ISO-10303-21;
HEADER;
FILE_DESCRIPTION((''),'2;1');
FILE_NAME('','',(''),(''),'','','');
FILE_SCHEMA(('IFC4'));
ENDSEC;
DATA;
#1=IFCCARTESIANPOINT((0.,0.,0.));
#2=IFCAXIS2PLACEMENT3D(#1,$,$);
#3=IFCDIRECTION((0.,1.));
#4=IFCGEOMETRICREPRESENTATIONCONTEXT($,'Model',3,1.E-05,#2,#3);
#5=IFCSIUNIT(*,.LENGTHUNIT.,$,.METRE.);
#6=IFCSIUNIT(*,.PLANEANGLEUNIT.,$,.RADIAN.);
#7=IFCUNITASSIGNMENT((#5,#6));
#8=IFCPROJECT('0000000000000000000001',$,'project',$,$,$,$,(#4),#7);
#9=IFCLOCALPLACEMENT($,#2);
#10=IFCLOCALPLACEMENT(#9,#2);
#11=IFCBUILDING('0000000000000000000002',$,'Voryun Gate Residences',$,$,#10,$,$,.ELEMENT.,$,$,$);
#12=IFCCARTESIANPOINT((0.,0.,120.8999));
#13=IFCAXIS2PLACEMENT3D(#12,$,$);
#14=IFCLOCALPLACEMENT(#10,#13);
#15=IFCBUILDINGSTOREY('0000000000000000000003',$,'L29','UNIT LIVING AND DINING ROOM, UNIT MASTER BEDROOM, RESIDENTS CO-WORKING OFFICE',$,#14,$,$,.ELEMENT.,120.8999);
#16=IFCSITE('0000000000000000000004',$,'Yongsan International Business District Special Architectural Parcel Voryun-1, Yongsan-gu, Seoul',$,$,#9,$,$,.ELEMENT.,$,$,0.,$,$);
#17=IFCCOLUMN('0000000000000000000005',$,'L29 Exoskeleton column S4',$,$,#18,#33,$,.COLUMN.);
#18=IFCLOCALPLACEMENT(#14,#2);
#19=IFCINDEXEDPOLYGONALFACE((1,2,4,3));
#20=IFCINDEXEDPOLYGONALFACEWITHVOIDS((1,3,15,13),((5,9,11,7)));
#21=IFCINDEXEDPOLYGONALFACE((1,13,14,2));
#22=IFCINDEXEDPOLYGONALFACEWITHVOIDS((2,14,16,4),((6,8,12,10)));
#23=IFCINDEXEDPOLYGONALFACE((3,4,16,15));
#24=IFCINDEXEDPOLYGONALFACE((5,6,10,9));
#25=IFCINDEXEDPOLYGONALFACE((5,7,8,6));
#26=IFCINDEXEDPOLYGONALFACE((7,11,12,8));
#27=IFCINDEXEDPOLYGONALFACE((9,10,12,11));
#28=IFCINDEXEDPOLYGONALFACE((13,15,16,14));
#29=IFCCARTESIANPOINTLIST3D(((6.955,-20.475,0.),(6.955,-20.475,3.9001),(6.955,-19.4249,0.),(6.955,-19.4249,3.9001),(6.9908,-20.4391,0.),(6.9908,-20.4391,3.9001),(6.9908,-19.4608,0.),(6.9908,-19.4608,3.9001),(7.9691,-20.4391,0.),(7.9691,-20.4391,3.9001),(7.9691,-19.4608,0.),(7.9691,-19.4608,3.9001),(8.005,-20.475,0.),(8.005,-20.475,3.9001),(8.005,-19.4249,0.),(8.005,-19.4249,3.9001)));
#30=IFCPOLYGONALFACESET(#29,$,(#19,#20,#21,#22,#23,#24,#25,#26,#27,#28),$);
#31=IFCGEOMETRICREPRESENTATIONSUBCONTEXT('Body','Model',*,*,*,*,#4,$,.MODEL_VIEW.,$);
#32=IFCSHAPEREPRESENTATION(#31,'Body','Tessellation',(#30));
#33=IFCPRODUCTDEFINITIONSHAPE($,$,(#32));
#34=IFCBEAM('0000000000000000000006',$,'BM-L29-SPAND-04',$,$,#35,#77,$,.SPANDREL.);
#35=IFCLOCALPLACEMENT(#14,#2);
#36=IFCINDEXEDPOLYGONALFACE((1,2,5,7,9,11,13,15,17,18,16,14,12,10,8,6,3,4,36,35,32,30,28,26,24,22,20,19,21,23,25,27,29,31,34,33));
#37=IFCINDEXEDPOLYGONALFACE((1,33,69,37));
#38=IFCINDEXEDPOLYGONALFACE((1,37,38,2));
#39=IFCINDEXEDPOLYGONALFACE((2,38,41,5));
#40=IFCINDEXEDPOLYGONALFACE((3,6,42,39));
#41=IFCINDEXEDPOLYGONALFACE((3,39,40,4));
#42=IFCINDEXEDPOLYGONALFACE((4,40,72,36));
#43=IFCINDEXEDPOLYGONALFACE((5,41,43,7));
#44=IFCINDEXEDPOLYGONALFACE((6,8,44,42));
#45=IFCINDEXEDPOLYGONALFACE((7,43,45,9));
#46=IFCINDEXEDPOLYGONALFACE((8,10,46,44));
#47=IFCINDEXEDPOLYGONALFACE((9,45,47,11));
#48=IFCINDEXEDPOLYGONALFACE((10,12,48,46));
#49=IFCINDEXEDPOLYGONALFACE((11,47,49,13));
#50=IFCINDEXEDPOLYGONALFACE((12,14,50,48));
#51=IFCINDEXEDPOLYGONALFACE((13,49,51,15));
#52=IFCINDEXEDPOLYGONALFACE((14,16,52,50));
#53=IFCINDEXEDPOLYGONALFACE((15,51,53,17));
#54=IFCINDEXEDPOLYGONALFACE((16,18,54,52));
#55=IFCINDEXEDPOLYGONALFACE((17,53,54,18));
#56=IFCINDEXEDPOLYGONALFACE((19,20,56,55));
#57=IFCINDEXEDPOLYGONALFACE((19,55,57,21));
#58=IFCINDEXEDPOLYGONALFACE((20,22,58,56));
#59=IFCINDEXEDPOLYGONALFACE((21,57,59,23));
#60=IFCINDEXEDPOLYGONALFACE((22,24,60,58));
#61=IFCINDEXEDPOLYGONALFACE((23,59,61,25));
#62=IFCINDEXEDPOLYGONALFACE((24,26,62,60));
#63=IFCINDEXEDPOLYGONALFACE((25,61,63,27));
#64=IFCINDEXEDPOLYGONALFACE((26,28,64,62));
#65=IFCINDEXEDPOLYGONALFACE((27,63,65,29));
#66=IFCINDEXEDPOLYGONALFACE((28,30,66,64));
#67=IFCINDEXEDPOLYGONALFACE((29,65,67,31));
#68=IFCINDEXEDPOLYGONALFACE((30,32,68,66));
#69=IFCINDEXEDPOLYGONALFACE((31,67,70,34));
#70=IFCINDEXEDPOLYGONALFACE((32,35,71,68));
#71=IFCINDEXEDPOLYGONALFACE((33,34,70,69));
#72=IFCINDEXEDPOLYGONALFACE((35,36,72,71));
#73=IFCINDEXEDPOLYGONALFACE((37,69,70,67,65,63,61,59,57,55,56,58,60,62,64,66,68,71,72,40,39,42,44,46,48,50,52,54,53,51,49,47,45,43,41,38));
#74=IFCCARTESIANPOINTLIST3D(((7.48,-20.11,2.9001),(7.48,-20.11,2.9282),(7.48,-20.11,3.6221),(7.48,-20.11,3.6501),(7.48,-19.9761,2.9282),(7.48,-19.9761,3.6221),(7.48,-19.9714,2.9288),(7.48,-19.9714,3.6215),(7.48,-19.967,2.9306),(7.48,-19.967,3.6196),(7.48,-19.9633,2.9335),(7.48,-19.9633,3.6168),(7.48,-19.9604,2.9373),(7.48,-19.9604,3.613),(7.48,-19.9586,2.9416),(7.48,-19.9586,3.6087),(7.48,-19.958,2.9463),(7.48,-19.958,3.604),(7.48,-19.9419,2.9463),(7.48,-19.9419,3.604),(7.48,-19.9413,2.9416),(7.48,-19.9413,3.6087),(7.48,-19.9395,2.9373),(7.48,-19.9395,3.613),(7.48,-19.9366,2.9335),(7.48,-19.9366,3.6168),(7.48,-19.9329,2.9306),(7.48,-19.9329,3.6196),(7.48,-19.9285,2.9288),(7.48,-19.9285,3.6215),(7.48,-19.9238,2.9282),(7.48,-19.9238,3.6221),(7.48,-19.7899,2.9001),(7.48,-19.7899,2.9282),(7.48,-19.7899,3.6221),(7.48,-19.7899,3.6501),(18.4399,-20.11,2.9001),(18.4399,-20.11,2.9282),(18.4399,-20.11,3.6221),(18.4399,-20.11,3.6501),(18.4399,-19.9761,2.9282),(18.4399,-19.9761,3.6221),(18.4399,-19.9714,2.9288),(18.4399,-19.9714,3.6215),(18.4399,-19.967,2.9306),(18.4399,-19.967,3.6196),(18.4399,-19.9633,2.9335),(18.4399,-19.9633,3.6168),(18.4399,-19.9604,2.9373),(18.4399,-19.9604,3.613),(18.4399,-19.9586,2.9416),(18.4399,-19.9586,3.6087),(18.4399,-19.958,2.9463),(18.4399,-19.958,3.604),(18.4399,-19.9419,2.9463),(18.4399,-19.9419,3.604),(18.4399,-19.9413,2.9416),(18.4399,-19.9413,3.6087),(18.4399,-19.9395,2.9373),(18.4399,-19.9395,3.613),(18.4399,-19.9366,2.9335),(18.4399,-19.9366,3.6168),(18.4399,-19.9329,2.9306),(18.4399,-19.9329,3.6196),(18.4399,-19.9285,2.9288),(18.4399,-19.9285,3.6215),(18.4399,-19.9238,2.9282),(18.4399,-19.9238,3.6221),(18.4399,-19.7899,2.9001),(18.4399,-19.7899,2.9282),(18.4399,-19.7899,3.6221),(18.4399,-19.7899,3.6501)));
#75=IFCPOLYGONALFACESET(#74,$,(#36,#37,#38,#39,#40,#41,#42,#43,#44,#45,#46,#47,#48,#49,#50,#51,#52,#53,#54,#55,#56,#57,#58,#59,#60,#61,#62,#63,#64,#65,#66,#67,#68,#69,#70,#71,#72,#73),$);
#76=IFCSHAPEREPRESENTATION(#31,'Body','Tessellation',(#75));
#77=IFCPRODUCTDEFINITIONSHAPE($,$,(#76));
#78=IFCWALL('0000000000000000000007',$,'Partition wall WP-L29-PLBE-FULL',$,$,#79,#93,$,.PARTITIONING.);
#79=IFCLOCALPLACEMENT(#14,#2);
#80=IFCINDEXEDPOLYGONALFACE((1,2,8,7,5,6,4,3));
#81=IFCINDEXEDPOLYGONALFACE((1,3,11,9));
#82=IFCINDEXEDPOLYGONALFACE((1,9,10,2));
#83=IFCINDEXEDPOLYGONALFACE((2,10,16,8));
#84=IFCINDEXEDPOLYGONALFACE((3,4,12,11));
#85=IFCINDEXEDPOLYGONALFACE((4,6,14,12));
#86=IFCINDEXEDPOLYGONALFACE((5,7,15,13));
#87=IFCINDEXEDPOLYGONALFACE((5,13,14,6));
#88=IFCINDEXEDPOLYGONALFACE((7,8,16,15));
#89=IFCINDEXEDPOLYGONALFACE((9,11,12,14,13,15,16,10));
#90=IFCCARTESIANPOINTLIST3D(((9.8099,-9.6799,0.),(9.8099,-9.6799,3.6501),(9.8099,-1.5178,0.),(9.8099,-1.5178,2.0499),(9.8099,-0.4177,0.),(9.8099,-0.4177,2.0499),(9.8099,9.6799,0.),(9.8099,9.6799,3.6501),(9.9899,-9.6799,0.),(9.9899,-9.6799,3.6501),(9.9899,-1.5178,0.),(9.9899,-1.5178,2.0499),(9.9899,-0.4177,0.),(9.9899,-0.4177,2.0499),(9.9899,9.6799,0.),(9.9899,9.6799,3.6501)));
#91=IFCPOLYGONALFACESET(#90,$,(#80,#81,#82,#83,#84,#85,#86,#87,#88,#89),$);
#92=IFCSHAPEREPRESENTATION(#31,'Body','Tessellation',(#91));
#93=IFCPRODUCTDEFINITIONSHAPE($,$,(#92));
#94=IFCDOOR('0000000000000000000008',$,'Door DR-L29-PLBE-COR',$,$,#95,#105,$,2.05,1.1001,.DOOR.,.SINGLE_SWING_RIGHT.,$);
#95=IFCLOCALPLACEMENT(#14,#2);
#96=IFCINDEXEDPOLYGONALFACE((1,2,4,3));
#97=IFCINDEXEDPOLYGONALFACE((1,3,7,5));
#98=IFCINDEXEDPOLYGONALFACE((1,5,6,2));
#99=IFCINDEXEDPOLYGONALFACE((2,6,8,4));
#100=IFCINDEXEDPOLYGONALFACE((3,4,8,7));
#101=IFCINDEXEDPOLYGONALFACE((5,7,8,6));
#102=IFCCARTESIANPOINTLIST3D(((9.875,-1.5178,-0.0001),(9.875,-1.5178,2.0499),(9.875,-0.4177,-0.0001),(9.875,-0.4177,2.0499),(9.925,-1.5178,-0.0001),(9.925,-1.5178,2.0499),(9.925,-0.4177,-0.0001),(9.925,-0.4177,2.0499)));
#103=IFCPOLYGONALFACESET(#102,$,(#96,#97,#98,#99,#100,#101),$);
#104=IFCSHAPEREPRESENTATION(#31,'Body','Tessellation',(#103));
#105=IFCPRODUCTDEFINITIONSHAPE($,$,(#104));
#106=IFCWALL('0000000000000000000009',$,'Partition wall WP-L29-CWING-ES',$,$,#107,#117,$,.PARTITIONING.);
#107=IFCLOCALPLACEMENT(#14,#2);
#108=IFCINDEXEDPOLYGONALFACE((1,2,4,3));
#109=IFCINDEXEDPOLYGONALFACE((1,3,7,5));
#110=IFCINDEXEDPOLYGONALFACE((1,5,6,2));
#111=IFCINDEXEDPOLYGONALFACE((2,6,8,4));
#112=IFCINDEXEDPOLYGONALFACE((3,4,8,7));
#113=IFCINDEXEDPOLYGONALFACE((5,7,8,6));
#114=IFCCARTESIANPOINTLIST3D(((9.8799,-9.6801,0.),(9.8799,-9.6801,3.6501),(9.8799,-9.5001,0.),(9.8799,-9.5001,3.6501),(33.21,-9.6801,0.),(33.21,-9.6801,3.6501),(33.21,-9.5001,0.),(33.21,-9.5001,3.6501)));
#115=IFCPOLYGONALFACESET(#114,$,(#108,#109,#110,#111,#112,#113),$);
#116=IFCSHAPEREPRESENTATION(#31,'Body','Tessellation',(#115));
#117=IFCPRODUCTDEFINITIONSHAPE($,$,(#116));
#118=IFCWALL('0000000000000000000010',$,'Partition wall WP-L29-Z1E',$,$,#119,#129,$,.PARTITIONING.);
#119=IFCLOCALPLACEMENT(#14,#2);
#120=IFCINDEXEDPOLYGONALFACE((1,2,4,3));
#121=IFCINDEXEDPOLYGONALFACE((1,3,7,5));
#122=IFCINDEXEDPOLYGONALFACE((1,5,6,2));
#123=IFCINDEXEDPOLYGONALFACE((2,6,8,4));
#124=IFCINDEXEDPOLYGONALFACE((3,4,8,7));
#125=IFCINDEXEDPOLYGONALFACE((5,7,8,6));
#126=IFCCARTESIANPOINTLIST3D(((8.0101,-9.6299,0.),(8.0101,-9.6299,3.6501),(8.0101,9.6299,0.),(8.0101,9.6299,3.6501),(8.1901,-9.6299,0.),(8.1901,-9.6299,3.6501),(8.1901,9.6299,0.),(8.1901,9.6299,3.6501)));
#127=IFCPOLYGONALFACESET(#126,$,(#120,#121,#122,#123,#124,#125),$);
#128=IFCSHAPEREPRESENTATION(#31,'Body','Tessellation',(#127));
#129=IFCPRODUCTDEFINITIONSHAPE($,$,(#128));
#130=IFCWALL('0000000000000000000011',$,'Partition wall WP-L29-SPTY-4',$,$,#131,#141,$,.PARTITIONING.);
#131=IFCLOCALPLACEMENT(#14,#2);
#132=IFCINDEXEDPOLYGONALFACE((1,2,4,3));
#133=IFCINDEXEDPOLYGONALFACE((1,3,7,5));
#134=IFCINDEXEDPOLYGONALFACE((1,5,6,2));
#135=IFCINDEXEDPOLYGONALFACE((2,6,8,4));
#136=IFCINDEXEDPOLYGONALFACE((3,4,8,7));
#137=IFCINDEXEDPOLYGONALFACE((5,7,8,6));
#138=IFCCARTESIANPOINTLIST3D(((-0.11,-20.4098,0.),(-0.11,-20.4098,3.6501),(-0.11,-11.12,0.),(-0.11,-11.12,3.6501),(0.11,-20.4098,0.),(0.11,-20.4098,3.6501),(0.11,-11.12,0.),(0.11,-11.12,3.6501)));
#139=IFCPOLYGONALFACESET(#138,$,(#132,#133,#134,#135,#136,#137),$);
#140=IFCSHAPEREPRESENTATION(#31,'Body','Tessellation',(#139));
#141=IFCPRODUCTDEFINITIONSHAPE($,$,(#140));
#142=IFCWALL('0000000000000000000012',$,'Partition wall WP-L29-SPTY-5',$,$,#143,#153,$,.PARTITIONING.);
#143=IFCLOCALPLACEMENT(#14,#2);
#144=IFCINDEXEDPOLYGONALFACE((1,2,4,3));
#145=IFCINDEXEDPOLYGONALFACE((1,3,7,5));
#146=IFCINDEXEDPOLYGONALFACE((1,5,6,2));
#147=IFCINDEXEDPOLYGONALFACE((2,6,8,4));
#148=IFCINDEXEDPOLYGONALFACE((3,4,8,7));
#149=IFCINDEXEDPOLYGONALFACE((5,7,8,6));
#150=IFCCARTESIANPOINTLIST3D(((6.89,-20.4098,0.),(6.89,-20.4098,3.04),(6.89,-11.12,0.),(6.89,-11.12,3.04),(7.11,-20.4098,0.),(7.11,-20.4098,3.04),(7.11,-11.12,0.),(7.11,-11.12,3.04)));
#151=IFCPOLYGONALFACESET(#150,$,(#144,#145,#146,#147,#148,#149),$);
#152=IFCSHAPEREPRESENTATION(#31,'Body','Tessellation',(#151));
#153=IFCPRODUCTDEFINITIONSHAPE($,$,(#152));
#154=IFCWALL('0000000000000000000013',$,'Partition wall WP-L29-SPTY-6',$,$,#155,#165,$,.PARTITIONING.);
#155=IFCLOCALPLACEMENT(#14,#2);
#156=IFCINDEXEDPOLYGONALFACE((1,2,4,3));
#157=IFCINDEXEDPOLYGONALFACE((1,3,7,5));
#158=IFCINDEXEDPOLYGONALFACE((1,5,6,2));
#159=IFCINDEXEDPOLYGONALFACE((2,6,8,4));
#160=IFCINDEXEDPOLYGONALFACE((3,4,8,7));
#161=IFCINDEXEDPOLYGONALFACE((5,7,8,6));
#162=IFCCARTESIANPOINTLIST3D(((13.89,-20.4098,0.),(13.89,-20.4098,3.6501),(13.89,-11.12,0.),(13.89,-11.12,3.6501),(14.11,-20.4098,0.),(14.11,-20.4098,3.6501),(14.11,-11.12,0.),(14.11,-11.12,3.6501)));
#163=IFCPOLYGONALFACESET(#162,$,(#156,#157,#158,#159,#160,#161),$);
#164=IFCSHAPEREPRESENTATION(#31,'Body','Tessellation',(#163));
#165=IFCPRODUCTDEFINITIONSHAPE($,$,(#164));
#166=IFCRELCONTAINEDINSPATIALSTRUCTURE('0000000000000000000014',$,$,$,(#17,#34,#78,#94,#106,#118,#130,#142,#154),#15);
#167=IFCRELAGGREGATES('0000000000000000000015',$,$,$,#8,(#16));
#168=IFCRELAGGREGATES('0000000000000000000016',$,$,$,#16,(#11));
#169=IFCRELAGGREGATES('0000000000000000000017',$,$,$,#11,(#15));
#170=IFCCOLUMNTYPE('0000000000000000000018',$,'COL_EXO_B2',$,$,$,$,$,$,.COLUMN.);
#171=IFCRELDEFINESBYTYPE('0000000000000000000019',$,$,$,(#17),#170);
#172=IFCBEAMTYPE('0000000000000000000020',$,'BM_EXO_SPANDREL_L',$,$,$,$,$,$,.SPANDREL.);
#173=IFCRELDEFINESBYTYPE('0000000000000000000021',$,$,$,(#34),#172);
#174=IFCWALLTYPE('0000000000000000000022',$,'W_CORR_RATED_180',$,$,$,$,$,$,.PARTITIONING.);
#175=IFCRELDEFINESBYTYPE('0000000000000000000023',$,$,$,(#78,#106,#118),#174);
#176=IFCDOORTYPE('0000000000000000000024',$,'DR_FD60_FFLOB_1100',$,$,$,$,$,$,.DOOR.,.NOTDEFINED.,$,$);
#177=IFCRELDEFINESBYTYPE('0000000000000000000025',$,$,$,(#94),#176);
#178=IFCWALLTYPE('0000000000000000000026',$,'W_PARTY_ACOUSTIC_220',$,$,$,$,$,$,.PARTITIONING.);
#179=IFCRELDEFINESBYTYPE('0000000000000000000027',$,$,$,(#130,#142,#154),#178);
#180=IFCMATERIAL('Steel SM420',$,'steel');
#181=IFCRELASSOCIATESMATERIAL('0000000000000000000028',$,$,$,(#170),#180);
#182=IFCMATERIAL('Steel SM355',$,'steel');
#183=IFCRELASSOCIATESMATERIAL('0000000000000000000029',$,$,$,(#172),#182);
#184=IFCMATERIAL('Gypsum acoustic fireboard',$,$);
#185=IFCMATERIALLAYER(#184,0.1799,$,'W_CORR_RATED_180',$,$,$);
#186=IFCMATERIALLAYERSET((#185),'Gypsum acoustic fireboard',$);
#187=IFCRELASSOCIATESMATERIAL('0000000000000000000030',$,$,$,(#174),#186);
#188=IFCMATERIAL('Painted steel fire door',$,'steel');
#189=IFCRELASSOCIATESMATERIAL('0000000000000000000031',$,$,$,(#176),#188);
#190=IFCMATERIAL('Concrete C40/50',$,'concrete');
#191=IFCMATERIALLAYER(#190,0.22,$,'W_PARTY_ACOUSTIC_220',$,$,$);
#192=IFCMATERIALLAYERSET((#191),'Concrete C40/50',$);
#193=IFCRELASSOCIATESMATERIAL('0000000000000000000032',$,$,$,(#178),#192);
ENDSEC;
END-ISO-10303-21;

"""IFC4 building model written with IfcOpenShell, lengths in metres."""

from ifc_helpers import new_model, si_unit, direction, frame, frame_2d, origin, origin_2d, place, context, subcontext, project, spatial, rectangle, hollow_rectangle, i_section, extrude, material, layer, layer_set, material_profile, profile_set, type_object, element, fill, save


model = new_model("IFC4")

# Units and contexts
model_context = context("Model", 3, precision=1e-05, world=origin(), true_north=direction((0.0, 1.0)))
body_context = subcontext(model_context, "Body", "Model", "MODEL_VIEW")
ifc_project = project(units=[si_unit("LENGTHUNIT", "METRE"), si_unit("PLANEANGLEUNIT", "RADIAN")], contexts=[model_context])

# Site, building, storey
site_placement = place(None, origin())
site = spatial("IfcSite", under=ifc_project, at=site_placement, Name="Yongsan International Business District Special Architectural Parcel Voryun-1, Yongsan-gu, Seoul", CompositionType="ELEMENT", RefElevation=0.0)
building_placement = place(site_placement, origin())
building = spatial("IfcBuilding", under=site, at=building_placement, Name="Voryun Gate Residences", CompositionType="ELEMENT")
storey_placement = place(building_placement, frame((0.0, 0.0, 120.8999)))
storey = spatial("IfcBuildingStorey", under=building, at=storey_placement, Name="L29", Description="UNIT LIVING AND DINING ROOM, UNIT MASTER BEDROOM, RESIDENTS CO-WORKING OFFICE", CompositionType="ELEMENT", Elevation=120.8999)

# Column
ifc_material_1 = material(Name="Steel SM420", Category="steel")
ifc_material_profile_1 = material_profile(ifc_material_1, hollow_rectangle(XDim=1.05, YDim=1.05, WallThickness=0.0359, at=origin_2d()), Name="BOX-1050x1050x36")
ifc_profile_set_1 = profile_set([ifc_material_profile_1], Name="Steel SM420")
column_type = type_object("IfcColumnType", Name="COL_EXO_B2", PredefinedType="COLUMN", material=ifc_profile_set_1)
column_placement = place(storey_placement, frame((7.48, -19.95, 0.0), z_axis=(0.0, 0.0, 1.0), x_axis=(1.0, 0.0, 0.0)))
element("IfcColumn", 1, at=column_placement, inside=storey, type_object=column_type, Name="L29 Exoskeleton column S4", PredefinedType="COLUMN", context=body_context, shape_type="SweptSolid", body=[
    extrude(hollow_rectangle(XDim=1.05, YDim=1.05, WallThickness=0.0359, at=origin_2d()), origin(), (0.0, 0.0, 1.0), 3.9001),
])

# Beam
ifc_material_2 = material(Name="Steel SM355", Category="steel")
ifc_material_profile_2 = material_profile(ifc_material_2, i_section(OverallWidth=0.3201, OverallDepth=0.75, WebThickness=0.0161, FlangeThickness=0.0281, FilletRadius=0.0181, at=origin_2d()), Name="H-750x320x16x28")
ifc_profile_set_2 = profile_set([ifc_material_profile_2], Name="Steel SM355")
beam_type = type_object("IfcBeamType", Name="BM_EXO_SPANDREL_L", PredefinedType="SPANDREL", material=ifc_profile_set_2)
beam_placement = place(storey_placement, frame((7.48, -19.95, 3.2751), z_axis=(1.0, 0.0, 0.0), x_axis=(0.0, 1.0, 0.0)))
element("IfcBeam", 2, at=beam_placement, inside=storey, type_object=beam_type, Name="BM-L29-SPAND-04", PredefinedType="SPANDREL", context=body_context, shape_type="SweptSolid", body=[
    extrude(i_section(OverallWidth=0.3201, OverallDepth=0.75, WebThickness=0.0161, FlangeThickness=0.0281, FilletRadius=0.0181, at=origin_2d()), origin(), (0.0, 0.0, 1.0), 10.96),
])

# Wall, opening, door
ifc_material_3 = material(Name="Gypsum acoustic fireboard")
ifc_layer_1 = layer(ifc_material_3, 0.1799, Name="W_CORR_RATED_180")
ifc_layer_set_1 = layer_set([ifc_layer_1], Name="Gypsum acoustic fireboard")
wall_type_1 = type_object("IfcWallType", Name="W_CORR_RATED_180", PredefinedType="PARTITIONING", material=ifc_layer_set_1)
wall_1_placement = place(storey_placement, frame((9.8999, -9.6799, 0.0), z_axis=(0.0, 0.0, 1.0), x_axis=(0.0, 1.0, 0.0)))
wall_1 = element("IfcWall", 3, at=wall_1_placement, inside=storey, type_object=wall_type_1, Name="Partition wall WP-L29-PLBE-FULL", PredefinedType="PARTITIONING", context=body_context, shape_type="SweptSolid", body=[
    extrude(rectangle(XDim=19.3599, YDim=0.1799, at=frame_2d((9.6799, 0.0))), origin(), (0.0, 0.0, 1.0), 3.6501),
])
opening_1_placement = place(wall_1_placement, frame((8.1621, 0.0, 0.0)))
opening_1 = element("IfcOpeningElement", 4, at=opening_1_placement, cuts=wall_1, PredefinedType="OPENING", context=body_context, shape_type="SweptSolid", body=[
    extrude(rectangle(XDim=1.1001, YDim=2.05, at=frame_2d((0.55, 1.0249))), frame((0.0, 0.0999, 0.0), z_axis=(0.0, -1.0, 0.0), x_axis=(1.0, 0.0, 0.0)), (0.0, 0.0, 1.0), 0.2),
])
ifc_material_4 = material(Name="Painted steel fire door", Category="steel")
door_type_1 = type_object("IfcDoorType", Name="DR_FD60_FFLOB_1100", OperationType="NOTDEFINED", PredefinedType="DOOR", material=ifc_material_4)
door_1_placement = place(opening_1_placement, origin())
door_1 = element("IfcDoor", 5, at=door_1_placement, inside=storey, type_object=door_type_1, Name="Door DR-L29-PLBE-COR", OperationType="SINGLE_SWING_RIGHT", OverallHeight=2.05, OverallWidth=1.1001, PredefinedType="DOOR", context=body_context, shape_type="SweptSolid", body=[
    extrude(rectangle(XDim=1.1001, YDim=2.05, at=frame_2d((0.55, 1.0249))), frame((0.0, 0.0249, 0.0), z_axis=(0.0, -1.0, 0.0), x_axis=(1.0, 0.0, 0.0)), (0.0, 0.0, 1.0), 0.05),
])
fill(opening_1, door_1)

# Walls
wall_2_placement = place(storey_placement, frame((9.8799, -9.5901, 0.0), z_axis=(0.0, 0.0, 1.0), x_axis=(1.0, 0.0, 0.0)))
element("IfcWall", 6, at=wall_2_placement, inside=storey, type_object=wall_type_1, Name="Partition wall WP-L29-CWING-ES", PredefinedType="PARTITIONING", context=body_context, shape_type="SweptSolid", body=[
    extrude(rectangle(XDim=23.3301, YDim=0.1799, at=frame_2d((11.665, 0.0))), origin(), (0.0, 0.0, 1.0), 3.6501),
])
wall_3_placement = place(storey_placement, frame((8.1001, -9.6299, 0.0), z_axis=(0.0, 0.0, 1.0), x_axis=(0.0, 1.0, 0.0)))
element("IfcWall", 7, at=wall_3_placement, inside=storey, type_object=wall_type_1, Name="Partition wall WP-L29-Z1E", PredefinedType="PARTITIONING", context=body_context, shape_type="SweptSolid", body=[
    extrude(rectangle(XDim=19.2598, YDim=0.1799, at=frame_2d((9.6299, 0.0))), origin(), (0.0, 0.0, 1.0), 3.6501),
])
ifc_material_5 = material(Name="Concrete C40/50", Category="concrete")
ifc_layer_2 = layer(ifc_material_5, 0.22, Name="W_PARTY_ACOUSTIC_220")
ifc_layer_set_2 = layer_set([ifc_layer_2], Name="Concrete C40/50")
wall_type_2 = type_object("IfcWallType", Name="W_PARTY_ACOUSTIC_220", PredefinedType="PARTITIONING", material=ifc_layer_set_2)
wall_4_placement = place(storey_placement, frame((0.0, -20.4099, 0.0), z_axis=(0.0, 0.0, 1.0), x_axis=(0.0, 1.0, 0.0)))
element("IfcWall", 8, at=wall_4_placement, inside=storey, type_object=wall_type_2, Name="Partition wall WP-L29-SPTY-4", PredefinedType="PARTITIONING", context=body_context, shape_type="SweptSolid", body=[
    extrude(rectangle(XDim=9.2898, YDim=0.22, at=frame_2d((4.645, 0.0))), origin(), (0.0, 0.0, 1.0), 3.6501),
])
wall_5_placement = place(storey_placement, frame((7.0, -20.4099, 0.0), z_axis=(0.0, 0.0, 1.0), x_axis=(0.0, 1.0, 0.0)))
element("IfcWall", 9, at=wall_5_placement, inside=storey, type_object=wall_type_2, Name="Partition wall WP-L29-SPTY-5", PredefinedType="PARTITIONING", context=body_context, shape_type="SweptSolid", body=[
    extrude(rectangle(XDim=9.2898, YDim=0.22, at=frame_2d((4.645, 0.0))), origin(), (0.0, 0.0, 1.0), 3.04),
])
wall_6_placement = place(storey_placement, frame((14.0, -20.4099, 0.0), z_axis=(0.0, 0.0, 1.0), x_axis=(0.0, 1.0, 0.0)))
element("IfcWall", 10, at=wall_6_placement, inside=storey, type_object=wall_type_2, Name="Partition wall WP-L29-SPTY-6", PredefinedType="PARTITIONING", context=body_context, shape_type="SweptSolid", body=[
    extrude(rectangle(XDim=9.2898, YDim=0.22, at=frame_2d((4.645, 0.0))), origin(), (0.0, 0.0, 1.0), 3.6501),
])

save(model, "model.ifc")
